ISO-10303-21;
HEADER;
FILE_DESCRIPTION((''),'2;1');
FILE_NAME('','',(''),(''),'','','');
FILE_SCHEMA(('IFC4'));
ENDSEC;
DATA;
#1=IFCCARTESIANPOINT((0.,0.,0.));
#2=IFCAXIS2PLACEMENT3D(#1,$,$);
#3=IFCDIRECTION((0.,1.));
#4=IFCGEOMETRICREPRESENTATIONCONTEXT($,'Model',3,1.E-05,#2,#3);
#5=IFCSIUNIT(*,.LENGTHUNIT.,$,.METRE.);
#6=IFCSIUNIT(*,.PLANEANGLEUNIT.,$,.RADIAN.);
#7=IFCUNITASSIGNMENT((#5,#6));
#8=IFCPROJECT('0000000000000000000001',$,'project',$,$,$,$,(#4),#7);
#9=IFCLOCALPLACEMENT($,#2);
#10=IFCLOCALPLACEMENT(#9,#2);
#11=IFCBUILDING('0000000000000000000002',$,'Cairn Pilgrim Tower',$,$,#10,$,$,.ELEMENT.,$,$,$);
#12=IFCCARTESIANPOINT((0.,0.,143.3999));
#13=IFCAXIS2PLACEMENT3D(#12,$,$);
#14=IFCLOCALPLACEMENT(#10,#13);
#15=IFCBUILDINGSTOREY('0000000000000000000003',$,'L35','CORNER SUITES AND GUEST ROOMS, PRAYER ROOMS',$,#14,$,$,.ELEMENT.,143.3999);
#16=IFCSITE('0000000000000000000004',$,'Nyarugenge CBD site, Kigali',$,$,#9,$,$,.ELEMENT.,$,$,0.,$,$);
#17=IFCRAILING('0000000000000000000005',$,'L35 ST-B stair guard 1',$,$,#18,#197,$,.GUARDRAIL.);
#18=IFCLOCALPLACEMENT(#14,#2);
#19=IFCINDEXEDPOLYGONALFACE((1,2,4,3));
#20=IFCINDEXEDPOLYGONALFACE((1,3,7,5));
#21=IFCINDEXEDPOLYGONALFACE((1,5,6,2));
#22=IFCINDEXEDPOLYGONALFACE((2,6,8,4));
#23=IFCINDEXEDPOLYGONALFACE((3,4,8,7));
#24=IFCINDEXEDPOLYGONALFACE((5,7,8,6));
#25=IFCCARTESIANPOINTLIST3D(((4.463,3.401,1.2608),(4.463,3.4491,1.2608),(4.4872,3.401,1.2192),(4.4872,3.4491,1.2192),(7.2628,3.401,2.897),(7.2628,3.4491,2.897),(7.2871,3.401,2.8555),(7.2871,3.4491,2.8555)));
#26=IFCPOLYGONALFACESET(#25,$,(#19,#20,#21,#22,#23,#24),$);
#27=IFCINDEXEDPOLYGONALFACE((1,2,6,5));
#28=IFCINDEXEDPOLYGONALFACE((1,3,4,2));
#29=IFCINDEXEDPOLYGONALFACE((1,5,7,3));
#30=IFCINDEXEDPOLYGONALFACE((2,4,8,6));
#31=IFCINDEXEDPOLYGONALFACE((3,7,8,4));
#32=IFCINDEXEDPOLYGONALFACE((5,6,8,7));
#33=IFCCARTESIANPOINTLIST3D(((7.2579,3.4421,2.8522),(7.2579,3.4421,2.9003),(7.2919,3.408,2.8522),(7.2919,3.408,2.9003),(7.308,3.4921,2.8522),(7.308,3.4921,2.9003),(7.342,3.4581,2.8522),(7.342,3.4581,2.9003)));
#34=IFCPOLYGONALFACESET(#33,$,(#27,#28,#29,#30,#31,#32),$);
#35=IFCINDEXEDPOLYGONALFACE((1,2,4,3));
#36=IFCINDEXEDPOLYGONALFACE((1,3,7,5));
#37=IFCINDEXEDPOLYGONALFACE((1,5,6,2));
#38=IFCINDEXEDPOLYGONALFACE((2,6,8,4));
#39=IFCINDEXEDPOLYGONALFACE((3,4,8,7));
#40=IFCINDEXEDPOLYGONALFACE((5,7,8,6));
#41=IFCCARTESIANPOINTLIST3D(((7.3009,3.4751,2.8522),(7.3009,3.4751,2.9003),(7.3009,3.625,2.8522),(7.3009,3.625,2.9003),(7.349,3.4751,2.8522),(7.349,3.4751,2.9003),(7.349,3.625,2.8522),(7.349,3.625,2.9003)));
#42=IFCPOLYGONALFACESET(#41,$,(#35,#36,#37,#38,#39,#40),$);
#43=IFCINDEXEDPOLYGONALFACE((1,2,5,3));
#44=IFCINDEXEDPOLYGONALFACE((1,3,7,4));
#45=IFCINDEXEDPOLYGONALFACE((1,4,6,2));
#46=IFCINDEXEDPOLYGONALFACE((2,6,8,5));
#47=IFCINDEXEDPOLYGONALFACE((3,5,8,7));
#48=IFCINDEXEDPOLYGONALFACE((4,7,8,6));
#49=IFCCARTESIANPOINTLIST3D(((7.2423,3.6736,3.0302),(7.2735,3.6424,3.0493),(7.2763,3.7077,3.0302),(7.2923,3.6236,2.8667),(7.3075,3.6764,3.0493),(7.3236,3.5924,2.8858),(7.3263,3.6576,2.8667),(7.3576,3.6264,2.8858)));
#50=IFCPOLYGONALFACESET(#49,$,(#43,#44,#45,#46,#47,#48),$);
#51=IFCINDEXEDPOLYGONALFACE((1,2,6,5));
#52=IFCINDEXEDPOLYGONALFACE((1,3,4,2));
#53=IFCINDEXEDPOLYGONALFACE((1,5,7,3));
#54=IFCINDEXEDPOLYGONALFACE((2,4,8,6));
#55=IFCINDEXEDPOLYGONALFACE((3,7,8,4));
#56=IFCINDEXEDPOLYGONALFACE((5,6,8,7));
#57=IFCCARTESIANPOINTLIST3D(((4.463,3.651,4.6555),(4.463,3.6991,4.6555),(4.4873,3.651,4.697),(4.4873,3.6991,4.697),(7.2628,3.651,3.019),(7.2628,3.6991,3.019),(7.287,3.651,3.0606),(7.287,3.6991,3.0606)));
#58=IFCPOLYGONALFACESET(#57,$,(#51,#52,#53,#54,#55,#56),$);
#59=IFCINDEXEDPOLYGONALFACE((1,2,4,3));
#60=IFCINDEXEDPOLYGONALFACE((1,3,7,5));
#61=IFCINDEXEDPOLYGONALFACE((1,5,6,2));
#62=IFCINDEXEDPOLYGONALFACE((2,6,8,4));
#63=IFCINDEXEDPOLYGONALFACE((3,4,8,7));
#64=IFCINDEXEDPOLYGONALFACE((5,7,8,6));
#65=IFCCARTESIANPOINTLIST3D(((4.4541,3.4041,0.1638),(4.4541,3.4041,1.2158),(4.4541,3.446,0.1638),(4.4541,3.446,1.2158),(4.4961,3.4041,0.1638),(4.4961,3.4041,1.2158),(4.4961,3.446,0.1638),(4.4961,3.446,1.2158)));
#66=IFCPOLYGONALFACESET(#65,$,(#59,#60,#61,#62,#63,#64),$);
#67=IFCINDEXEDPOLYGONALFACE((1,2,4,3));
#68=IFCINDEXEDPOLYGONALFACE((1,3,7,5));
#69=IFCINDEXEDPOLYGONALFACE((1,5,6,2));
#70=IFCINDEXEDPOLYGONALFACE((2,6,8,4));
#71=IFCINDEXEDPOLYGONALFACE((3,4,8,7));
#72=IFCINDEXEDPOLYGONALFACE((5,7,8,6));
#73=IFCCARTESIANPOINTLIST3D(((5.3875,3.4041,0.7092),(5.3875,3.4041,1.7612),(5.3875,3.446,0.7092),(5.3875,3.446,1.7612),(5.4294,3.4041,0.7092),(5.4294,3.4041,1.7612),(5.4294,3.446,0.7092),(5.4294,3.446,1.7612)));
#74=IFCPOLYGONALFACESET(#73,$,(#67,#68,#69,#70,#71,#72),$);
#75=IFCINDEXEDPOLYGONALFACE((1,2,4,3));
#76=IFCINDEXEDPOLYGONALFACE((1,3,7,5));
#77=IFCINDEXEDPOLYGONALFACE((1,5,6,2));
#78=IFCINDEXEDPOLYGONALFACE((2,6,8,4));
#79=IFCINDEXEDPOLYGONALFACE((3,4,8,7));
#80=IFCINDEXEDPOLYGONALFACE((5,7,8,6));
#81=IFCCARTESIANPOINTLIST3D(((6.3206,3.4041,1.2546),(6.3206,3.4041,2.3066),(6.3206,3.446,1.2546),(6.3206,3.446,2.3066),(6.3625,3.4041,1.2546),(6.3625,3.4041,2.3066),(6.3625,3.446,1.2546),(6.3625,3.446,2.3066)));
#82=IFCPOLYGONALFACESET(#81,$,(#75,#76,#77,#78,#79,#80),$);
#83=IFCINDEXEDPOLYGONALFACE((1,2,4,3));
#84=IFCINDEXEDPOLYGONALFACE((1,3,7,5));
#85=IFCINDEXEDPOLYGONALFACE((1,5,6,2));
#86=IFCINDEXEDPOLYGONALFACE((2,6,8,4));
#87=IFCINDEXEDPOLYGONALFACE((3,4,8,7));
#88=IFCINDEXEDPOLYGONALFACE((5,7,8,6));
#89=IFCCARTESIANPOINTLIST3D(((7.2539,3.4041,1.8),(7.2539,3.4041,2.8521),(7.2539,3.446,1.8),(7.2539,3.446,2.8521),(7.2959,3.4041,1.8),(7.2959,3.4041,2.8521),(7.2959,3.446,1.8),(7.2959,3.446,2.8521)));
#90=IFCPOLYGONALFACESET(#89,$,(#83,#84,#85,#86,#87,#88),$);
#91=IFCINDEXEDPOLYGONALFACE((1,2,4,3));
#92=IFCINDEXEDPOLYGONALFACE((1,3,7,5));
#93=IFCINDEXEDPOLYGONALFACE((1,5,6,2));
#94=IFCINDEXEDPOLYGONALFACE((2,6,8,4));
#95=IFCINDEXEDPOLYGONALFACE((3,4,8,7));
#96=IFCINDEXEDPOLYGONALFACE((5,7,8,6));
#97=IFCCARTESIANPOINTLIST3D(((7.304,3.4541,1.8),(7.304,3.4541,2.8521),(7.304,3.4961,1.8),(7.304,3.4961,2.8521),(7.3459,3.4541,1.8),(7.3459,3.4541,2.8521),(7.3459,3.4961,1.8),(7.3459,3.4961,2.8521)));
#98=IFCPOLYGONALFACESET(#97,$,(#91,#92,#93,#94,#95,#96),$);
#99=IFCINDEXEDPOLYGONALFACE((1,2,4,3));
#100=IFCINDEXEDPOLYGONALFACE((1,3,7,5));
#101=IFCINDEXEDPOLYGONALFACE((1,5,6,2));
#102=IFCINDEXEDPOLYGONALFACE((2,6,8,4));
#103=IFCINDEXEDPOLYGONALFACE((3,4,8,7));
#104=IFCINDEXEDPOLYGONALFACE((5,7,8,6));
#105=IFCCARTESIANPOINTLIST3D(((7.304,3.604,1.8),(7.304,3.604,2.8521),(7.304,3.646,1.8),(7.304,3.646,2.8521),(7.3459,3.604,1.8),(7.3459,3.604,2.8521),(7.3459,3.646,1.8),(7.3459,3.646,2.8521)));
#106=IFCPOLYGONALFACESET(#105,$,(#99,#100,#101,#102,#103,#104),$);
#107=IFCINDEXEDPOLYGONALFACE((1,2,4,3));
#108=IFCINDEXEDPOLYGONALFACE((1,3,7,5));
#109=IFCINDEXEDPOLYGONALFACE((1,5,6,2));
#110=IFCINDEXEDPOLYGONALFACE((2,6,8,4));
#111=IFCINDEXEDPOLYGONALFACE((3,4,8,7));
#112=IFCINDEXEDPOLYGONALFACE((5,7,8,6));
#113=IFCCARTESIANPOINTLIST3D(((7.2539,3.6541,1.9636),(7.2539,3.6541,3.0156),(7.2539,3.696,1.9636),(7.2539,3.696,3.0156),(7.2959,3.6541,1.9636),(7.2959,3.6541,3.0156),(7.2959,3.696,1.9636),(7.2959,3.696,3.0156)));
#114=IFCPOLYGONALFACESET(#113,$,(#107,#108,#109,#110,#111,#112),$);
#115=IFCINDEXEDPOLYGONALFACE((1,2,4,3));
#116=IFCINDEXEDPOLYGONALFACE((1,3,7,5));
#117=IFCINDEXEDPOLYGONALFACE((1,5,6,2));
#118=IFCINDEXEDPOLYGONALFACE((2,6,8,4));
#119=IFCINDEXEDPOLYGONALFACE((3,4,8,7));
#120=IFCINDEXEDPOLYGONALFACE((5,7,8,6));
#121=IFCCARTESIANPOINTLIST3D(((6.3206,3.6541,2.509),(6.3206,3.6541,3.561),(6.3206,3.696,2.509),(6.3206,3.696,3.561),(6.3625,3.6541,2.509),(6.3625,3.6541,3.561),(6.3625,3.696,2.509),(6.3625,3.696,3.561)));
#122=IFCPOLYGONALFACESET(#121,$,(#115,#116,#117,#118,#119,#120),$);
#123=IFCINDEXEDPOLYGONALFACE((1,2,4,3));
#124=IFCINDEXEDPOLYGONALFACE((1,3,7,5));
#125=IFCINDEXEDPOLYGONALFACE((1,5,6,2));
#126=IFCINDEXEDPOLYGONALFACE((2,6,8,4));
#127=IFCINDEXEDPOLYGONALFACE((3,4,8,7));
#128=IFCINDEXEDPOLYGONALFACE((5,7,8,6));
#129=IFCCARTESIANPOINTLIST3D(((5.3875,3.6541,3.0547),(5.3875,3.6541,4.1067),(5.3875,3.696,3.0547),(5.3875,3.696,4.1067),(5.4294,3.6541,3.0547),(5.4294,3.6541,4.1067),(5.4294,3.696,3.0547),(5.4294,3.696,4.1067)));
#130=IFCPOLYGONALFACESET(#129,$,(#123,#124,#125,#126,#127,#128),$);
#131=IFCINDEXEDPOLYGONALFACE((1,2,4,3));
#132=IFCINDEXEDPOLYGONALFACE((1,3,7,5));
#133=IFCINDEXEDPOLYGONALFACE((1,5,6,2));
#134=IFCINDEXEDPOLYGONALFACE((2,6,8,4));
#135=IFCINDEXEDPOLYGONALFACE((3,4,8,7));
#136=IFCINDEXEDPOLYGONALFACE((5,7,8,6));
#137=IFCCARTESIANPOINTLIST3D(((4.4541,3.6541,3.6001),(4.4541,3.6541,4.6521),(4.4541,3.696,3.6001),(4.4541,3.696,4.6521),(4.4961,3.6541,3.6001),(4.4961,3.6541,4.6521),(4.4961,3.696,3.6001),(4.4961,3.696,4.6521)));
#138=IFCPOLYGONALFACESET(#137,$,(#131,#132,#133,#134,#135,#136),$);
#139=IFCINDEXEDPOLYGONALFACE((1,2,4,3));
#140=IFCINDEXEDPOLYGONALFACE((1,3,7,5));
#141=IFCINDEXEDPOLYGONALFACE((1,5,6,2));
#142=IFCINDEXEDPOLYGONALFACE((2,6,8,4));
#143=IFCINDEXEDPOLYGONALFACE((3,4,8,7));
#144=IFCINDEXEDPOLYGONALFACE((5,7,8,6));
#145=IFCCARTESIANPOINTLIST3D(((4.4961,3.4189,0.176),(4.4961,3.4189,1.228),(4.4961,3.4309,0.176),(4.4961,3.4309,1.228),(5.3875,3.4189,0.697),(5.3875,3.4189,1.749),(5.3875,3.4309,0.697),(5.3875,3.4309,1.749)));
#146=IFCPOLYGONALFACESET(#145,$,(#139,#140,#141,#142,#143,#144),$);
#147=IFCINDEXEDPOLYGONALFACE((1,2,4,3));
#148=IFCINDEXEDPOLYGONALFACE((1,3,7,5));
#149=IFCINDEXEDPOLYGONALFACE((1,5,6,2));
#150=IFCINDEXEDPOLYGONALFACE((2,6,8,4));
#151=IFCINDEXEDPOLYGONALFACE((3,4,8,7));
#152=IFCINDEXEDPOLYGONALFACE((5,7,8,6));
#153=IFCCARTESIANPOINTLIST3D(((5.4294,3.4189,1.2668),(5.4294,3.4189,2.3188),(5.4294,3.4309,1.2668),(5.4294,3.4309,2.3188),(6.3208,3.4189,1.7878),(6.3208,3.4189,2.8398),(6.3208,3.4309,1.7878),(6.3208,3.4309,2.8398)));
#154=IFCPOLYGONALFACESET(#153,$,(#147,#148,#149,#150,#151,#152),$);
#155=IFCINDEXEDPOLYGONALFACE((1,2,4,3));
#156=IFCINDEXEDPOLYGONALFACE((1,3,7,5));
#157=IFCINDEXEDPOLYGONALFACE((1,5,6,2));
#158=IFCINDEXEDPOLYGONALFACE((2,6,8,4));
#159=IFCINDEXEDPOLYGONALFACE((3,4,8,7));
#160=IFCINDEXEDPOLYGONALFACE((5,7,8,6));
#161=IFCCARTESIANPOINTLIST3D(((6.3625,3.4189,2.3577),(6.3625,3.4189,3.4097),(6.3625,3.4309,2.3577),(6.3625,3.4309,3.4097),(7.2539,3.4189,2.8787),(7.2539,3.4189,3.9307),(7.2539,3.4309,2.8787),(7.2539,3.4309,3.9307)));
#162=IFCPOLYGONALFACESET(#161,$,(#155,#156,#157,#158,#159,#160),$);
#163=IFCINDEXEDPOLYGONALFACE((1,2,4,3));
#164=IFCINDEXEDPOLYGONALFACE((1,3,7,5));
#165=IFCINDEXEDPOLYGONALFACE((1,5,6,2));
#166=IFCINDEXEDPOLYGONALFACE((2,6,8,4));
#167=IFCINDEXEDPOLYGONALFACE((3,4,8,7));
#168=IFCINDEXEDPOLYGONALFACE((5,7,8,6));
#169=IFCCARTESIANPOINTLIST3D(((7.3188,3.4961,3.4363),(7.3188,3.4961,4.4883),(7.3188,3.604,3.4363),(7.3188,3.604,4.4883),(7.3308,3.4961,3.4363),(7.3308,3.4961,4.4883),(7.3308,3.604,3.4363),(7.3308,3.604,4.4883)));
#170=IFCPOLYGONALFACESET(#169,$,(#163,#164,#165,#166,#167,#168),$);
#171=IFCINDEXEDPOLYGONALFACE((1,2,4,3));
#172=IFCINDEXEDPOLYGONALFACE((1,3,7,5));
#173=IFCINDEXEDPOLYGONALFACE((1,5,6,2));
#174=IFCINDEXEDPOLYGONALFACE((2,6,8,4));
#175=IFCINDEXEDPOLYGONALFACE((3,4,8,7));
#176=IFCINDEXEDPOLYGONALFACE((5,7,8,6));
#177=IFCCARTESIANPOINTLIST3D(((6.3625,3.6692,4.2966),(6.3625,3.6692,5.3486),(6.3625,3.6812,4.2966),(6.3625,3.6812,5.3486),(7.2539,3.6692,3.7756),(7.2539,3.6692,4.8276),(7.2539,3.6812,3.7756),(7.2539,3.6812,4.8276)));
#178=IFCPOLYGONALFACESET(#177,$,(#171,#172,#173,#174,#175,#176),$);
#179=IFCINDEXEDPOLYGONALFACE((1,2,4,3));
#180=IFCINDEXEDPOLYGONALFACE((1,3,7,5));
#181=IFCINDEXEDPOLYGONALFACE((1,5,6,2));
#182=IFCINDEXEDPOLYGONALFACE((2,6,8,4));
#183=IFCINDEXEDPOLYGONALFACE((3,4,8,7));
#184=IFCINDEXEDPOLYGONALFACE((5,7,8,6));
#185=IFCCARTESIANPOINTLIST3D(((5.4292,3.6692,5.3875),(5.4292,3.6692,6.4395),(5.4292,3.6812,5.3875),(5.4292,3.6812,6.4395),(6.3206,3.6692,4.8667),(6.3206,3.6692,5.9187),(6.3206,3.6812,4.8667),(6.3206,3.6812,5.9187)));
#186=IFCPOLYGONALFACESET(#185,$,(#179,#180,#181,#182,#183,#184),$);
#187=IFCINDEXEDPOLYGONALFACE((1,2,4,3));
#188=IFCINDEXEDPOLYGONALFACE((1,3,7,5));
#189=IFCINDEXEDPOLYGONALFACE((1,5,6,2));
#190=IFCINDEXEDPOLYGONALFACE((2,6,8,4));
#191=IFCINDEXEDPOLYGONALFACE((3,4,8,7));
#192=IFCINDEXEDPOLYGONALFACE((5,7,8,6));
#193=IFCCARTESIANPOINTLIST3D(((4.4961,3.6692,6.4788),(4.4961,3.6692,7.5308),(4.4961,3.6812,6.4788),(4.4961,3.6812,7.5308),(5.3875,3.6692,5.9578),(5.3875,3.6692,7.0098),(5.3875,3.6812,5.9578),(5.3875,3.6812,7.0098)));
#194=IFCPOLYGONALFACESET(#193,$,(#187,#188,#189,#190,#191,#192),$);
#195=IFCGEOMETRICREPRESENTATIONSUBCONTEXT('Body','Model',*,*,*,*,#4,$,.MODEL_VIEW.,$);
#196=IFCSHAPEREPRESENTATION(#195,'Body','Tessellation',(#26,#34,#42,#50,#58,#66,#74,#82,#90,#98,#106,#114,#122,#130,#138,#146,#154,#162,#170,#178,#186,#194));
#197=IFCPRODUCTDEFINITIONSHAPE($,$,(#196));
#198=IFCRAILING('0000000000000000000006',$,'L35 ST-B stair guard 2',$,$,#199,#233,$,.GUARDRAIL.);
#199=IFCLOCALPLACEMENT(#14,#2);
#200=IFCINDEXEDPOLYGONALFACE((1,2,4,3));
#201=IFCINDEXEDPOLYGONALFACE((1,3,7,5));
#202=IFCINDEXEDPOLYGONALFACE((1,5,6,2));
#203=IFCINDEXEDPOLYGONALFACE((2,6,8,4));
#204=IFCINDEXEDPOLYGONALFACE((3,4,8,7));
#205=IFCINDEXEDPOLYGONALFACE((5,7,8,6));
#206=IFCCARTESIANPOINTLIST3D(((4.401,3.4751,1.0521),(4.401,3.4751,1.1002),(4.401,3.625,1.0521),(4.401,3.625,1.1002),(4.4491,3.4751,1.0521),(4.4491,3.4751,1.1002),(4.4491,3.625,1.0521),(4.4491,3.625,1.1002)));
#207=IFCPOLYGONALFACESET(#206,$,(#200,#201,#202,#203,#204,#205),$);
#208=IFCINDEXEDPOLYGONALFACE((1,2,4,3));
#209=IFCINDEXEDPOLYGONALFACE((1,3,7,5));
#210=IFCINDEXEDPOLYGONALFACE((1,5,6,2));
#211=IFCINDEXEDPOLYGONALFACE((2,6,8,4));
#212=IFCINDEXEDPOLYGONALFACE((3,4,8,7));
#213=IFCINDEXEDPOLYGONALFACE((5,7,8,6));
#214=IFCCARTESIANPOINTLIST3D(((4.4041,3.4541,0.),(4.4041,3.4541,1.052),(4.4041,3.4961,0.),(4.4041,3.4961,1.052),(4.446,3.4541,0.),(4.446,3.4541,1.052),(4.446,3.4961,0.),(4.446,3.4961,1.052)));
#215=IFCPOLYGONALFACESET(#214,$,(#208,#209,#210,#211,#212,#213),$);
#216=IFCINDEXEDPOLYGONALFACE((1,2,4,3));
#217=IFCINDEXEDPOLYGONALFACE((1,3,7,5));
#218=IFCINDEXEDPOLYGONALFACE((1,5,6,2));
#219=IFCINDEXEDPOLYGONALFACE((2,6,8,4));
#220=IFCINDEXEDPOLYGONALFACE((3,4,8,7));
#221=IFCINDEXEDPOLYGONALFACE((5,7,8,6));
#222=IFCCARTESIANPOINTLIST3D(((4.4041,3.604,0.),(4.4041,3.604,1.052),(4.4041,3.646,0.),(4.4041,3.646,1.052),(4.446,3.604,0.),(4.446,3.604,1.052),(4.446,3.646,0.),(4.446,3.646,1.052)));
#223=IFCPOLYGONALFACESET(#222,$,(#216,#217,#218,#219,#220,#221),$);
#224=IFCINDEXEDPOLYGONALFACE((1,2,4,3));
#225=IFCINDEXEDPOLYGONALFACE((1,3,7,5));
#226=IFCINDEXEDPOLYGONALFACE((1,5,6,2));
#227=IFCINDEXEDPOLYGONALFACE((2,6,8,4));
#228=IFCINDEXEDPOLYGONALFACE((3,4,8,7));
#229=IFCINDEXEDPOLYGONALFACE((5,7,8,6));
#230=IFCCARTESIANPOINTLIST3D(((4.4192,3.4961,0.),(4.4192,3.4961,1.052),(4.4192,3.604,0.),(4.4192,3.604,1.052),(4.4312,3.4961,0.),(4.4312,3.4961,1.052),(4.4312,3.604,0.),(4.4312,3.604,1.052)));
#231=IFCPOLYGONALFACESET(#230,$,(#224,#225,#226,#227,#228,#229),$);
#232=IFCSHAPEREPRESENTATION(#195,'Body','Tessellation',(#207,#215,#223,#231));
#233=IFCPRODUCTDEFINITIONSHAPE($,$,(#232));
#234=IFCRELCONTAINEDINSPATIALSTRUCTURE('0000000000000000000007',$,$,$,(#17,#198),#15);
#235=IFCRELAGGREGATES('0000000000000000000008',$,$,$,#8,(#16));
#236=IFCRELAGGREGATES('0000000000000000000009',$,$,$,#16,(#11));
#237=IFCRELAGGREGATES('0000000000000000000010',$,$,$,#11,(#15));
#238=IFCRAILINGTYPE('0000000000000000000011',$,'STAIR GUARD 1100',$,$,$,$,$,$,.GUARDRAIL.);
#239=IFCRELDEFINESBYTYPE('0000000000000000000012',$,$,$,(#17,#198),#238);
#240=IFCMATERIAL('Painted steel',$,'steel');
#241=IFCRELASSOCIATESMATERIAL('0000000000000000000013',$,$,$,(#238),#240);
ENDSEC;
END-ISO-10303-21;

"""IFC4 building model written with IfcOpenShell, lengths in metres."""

from ifc_helpers import new_model, si_unit, direction, frame, origin, origin_2d, place, context, subcontext, project, spatial, polyline, rectangle, outline, extrude, material, type_object, element, save


model = new_model("IFC4")

# Units and contexts
model_context = context("Model", 3, precision=1e-05, world=origin(), true_north=direction((0.0, 1.0)))
body_context = subcontext(model_context, "Body", "Model", "MODEL_VIEW")
ifc_project = project(units=[si_unit("LENGTHUNIT", "METRE"), si_unit("PLANEANGLEUNIT", "RADIAN")], contexts=[model_context])

# Site, building, storey
site_placement = place(None, origin())
site = spatial("IfcSite", under=ifc_project, at=site_placement, Name="Nyarugenge CBD site, Kigali", CompositionType="ELEMENT", RefElevation=0.0)
building_placement = place(site_placement, origin())
building = spatial("IfcBuilding", under=site, at=building_placement, Name="Cairn Pilgrim Tower", CompositionType="ELEMENT")
storey_placement = place(building_placement, frame((0.0, 0.0, 143.3999)))
storey = spatial("IfcBuildingStorey", under=building, at=storey_placement, Name="L35", Description="CORNER SUITES AND GUEST ROOMS, PRAYER ROOMS", CompositionType="ELEMENT", Elevation=143.3999)

# Shared definitions
ifc_material_1 = material(Name="Painted steel", Category="steel")

# Railings
railing_type_1 = type_object("IfcRailingType", Name="STAIR GUARD 1100", PredefinedType="GUARDRAIL", material=ifc_material_1)
railing_1_placement = place(storey_placement, frame((4.4751, 3.425, 0.1638)))
element("IfcRailing", 1, at=railing_1_placement, inside=storey, type_object=railing_type_1, Name="L35 ST-B stair guard 1", PredefinedType="GUARDRAIL", context=body_context, shape_type="SweptSolid", body=[
    extrude(rectangle(XDim=0.0481, YDim=0.0481, at=origin_2d()), frame((0.0, 0.0, 1.0762), z_axis=(0.863374, 0.0, 0.504564), x_axis=(0.0, 1.0, 0.0)), (0.0, 0.0, 1.0), 3.2429),
    extrude(rectangle(XDim=0.0481, YDim=0.0481, at=origin_2d()), frame((2.7998, 0.0, 2.7124), z_axis=(0.707107, 0.707107, 0.0), x_axis=(-0.707107, 0.707107, 0.0)), (0.0, 0.0, 1.0), 0.0708),
    extrude(rectangle(XDim=0.0481, YDim=0.0481, at=origin_2d()), frame((2.8499, 0.05, 2.7124), z_axis=(0.0, 1.0, 0.0), x_axis=(-1.0, 0.0, 0.0)), (0.0, 0.0, 1.0), 0.1499),
    extrude(rectangle(XDim=0.0481, YDim=0.0481, at=origin_2d()), frame((2.8499, 0.2, 2.7124), z_axis=(-0.280809, 0.280809, 0.917765), x_axis=(-0.707107, -0.707107, 0.0)), (0.0, 0.0, 1.0), 0.1782),
    extrude(rectangle(XDim=0.0481, YDim=0.0481, at=origin_2d()), frame((2.7998, 0.25, 2.876), z_axis=(-0.863342, 0.0, 0.50462), x_axis=(0.0, -1.0, 0.0)), (0.0, 0.0, 1.0), 3.2429),
    extrude(rectangle(XDim=0.042, YDim=0.042, at=origin_2d()), origin(), (0.0, 0.0, 1.0), 1.052),
    extrude(rectangle(XDim=0.042, YDim=0.042, at=origin_2d()), frame((0.9333, 0.0, 0.5454)), (0.0, 0.0, 1.0), 1.052),
    extrude(rectangle(XDim=0.042, YDim=0.042, at=origin_2d()), frame((1.8665, 0.0, 1.0908)), (0.0, 0.0, 1.0), 1.052),
    extrude(rectangle(XDim=0.042, YDim=0.042, at=origin_2d()), frame((2.7998, 0.0, 1.6362)), (0.0, 0.0, 1.0), 1.052),
    extrude(rectangle(XDim=0.042, YDim=0.042, at=origin_2d()), frame((2.8499, 0.05, 1.6362)), (0.0, 0.0, 1.0), 1.052),
    extrude(rectangle(XDim=0.042, YDim=0.042, at=origin_2d()), frame((2.8499, 0.2, 1.6362)), (0.0, 0.0, 1.0), 1.052),
    extrude(rectangle(XDim=0.042, YDim=0.042, at=origin_2d()), frame((2.7998, 0.25, 1.7998)), (0.0, 0.0, 1.0), 1.052),
    extrude(rectangle(XDim=0.042, YDim=0.042, at=origin_2d()), frame((1.8665, 0.25, 2.3452)), (0.0, 0.0, 1.0), 1.052),
    extrude(rectangle(XDim=0.042, YDim=0.042, at=origin_2d()), frame((0.9333, 0.25, 2.8909)), (0.0, 0.0, 1.0), 1.052),
    extrude(rectangle(XDim=0.042, YDim=0.042, at=origin_2d()), frame((0.0, 0.25, 3.4363)), (0.0, 0.0, 1.0), 1.052),
    extrude(outline(polyline([(0.021, 0.0122), (0.9124, 0.5332), (0.9124, 1.5852), (0.021, 1.0642), (0.021, 0.0122)])), frame((0.0, 0.0059, 0.0), z_axis=(0.0, -1.0, 0.0), x_axis=(1.0, 0.0, 0.0)), (0.0, 0.0, 1.0), 0.012),
    extrude(outline(polyline([(0.021, 0.5576), (0.9124, 1.0786), (0.9124, 2.1306), (0.021, 1.6096), (0.021, 0.5576)])), frame((0.9333, 0.0059, 0.5454), z_axis=(0.0, -1.0, 0.0), x_axis=(1.0, 0.0, 0.0)), (0.0, 0.0, 1.0), 0.012),
    extrude(outline(polyline([(0.021, 1.103), (0.9124, 1.624), (0.9124, 2.676), (0.021, 2.155), (0.021, 1.103)])), frame((1.8665, 0.0059, 1.0908), z_axis=(0.0, -1.0, 0.0), x_axis=(1.0, 0.0, 0.0)), (0.0, 0.0, 1.0), 0.012),
    extrude(outline(polyline([(0.021, 1.6362), (0.1289, 1.6362), (0.1289, 2.6882), (0.021, 2.6882), (0.021, 1.6362)])), frame((2.8438, 0.05, 1.6362), z_axis=(1.0, 0.0, 0.0), x_axis=(0.0, 1.0, 0.0)), (0.0, 0.0, 1.0), 0.012),
    extrude(outline(polyline([(0.021, 1.812), (0.9124, 2.333), (0.9124, 3.385), (0.021, 2.864), (0.021, 1.812)])), frame((2.7998, 0.2441, 1.7998), z_axis=(0.0, 1.0, 0.0), x_axis=(-1.0, 0.0, 0.0)), (0.0, 0.0, 1.0), 0.012),
    extrude(outline(polyline([(0.021, 2.3577), (0.9124, 2.8784), (0.9124, 3.9304), (0.021, 3.4097), (0.021, 2.3577)])), frame((1.8665, 0.2441, 2.3452), z_axis=(0.0, 1.0, 0.0), x_axis=(-1.0, 0.0, 0.0)), (0.0, 0.0, 1.0), 0.012),
    extrude(outline(polyline([(0.021, 2.9031), (0.9124, 3.4241), (0.9124, 4.4761), (0.021, 3.9551), (0.021, 2.9031)])), frame((0.9333, 0.2441, 2.8909), z_axis=(0.0, 1.0, 0.0), x_axis=(-1.0, 0.0, 0.0)), (0.0, 0.0, 1.0), 0.012),
])
railing_2_placement = place(storey_placement, frame((4.425, 3.4751, 0.0)))
element("IfcRailing", 2, at=railing_2_placement, inside=storey, type_object=railing_type_1, Name="L35 ST-B stair guard 2", PredefinedType="GUARDRAIL", context=body_context, shape_type="SweptSolid", body=[
    extrude(rectangle(XDim=0.0481, YDim=0.0481, at=origin_2d()), frame((0.0, 0.0, 1.0762), z_axis=(0.0, 1.0, 0.0), x_axis=(-1.0, 0.0, 0.0)), (0.0, 0.0, 1.0), 0.1499),
    extrude(rectangle(XDim=0.042, YDim=0.042, at=origin_2d()), origin(), (0.0, 0.0, 1.0), 1.052),
    extrude(rectangle(XDim=0.042, YDim=0.042, at=origin_2d()), frame((0.0, 0.1499, 0.0)), (0.0, 0.0, 1.0), 1.052),
    extrude(outline(polyline([(0.021, 0.0), (0.1289, 0.0), (0.1289, 1.052), (0.021, 1.052), (0.021, 0.0)])), frame((-0.0059, 0.0, 0.0), z_axis=(1.0, 0.0, 0.0), x_axis=(0.0, 1.0, 0.0)), (0.0, 0.0, 1.0), 0.012),
])

save(model, "model.ifc")
